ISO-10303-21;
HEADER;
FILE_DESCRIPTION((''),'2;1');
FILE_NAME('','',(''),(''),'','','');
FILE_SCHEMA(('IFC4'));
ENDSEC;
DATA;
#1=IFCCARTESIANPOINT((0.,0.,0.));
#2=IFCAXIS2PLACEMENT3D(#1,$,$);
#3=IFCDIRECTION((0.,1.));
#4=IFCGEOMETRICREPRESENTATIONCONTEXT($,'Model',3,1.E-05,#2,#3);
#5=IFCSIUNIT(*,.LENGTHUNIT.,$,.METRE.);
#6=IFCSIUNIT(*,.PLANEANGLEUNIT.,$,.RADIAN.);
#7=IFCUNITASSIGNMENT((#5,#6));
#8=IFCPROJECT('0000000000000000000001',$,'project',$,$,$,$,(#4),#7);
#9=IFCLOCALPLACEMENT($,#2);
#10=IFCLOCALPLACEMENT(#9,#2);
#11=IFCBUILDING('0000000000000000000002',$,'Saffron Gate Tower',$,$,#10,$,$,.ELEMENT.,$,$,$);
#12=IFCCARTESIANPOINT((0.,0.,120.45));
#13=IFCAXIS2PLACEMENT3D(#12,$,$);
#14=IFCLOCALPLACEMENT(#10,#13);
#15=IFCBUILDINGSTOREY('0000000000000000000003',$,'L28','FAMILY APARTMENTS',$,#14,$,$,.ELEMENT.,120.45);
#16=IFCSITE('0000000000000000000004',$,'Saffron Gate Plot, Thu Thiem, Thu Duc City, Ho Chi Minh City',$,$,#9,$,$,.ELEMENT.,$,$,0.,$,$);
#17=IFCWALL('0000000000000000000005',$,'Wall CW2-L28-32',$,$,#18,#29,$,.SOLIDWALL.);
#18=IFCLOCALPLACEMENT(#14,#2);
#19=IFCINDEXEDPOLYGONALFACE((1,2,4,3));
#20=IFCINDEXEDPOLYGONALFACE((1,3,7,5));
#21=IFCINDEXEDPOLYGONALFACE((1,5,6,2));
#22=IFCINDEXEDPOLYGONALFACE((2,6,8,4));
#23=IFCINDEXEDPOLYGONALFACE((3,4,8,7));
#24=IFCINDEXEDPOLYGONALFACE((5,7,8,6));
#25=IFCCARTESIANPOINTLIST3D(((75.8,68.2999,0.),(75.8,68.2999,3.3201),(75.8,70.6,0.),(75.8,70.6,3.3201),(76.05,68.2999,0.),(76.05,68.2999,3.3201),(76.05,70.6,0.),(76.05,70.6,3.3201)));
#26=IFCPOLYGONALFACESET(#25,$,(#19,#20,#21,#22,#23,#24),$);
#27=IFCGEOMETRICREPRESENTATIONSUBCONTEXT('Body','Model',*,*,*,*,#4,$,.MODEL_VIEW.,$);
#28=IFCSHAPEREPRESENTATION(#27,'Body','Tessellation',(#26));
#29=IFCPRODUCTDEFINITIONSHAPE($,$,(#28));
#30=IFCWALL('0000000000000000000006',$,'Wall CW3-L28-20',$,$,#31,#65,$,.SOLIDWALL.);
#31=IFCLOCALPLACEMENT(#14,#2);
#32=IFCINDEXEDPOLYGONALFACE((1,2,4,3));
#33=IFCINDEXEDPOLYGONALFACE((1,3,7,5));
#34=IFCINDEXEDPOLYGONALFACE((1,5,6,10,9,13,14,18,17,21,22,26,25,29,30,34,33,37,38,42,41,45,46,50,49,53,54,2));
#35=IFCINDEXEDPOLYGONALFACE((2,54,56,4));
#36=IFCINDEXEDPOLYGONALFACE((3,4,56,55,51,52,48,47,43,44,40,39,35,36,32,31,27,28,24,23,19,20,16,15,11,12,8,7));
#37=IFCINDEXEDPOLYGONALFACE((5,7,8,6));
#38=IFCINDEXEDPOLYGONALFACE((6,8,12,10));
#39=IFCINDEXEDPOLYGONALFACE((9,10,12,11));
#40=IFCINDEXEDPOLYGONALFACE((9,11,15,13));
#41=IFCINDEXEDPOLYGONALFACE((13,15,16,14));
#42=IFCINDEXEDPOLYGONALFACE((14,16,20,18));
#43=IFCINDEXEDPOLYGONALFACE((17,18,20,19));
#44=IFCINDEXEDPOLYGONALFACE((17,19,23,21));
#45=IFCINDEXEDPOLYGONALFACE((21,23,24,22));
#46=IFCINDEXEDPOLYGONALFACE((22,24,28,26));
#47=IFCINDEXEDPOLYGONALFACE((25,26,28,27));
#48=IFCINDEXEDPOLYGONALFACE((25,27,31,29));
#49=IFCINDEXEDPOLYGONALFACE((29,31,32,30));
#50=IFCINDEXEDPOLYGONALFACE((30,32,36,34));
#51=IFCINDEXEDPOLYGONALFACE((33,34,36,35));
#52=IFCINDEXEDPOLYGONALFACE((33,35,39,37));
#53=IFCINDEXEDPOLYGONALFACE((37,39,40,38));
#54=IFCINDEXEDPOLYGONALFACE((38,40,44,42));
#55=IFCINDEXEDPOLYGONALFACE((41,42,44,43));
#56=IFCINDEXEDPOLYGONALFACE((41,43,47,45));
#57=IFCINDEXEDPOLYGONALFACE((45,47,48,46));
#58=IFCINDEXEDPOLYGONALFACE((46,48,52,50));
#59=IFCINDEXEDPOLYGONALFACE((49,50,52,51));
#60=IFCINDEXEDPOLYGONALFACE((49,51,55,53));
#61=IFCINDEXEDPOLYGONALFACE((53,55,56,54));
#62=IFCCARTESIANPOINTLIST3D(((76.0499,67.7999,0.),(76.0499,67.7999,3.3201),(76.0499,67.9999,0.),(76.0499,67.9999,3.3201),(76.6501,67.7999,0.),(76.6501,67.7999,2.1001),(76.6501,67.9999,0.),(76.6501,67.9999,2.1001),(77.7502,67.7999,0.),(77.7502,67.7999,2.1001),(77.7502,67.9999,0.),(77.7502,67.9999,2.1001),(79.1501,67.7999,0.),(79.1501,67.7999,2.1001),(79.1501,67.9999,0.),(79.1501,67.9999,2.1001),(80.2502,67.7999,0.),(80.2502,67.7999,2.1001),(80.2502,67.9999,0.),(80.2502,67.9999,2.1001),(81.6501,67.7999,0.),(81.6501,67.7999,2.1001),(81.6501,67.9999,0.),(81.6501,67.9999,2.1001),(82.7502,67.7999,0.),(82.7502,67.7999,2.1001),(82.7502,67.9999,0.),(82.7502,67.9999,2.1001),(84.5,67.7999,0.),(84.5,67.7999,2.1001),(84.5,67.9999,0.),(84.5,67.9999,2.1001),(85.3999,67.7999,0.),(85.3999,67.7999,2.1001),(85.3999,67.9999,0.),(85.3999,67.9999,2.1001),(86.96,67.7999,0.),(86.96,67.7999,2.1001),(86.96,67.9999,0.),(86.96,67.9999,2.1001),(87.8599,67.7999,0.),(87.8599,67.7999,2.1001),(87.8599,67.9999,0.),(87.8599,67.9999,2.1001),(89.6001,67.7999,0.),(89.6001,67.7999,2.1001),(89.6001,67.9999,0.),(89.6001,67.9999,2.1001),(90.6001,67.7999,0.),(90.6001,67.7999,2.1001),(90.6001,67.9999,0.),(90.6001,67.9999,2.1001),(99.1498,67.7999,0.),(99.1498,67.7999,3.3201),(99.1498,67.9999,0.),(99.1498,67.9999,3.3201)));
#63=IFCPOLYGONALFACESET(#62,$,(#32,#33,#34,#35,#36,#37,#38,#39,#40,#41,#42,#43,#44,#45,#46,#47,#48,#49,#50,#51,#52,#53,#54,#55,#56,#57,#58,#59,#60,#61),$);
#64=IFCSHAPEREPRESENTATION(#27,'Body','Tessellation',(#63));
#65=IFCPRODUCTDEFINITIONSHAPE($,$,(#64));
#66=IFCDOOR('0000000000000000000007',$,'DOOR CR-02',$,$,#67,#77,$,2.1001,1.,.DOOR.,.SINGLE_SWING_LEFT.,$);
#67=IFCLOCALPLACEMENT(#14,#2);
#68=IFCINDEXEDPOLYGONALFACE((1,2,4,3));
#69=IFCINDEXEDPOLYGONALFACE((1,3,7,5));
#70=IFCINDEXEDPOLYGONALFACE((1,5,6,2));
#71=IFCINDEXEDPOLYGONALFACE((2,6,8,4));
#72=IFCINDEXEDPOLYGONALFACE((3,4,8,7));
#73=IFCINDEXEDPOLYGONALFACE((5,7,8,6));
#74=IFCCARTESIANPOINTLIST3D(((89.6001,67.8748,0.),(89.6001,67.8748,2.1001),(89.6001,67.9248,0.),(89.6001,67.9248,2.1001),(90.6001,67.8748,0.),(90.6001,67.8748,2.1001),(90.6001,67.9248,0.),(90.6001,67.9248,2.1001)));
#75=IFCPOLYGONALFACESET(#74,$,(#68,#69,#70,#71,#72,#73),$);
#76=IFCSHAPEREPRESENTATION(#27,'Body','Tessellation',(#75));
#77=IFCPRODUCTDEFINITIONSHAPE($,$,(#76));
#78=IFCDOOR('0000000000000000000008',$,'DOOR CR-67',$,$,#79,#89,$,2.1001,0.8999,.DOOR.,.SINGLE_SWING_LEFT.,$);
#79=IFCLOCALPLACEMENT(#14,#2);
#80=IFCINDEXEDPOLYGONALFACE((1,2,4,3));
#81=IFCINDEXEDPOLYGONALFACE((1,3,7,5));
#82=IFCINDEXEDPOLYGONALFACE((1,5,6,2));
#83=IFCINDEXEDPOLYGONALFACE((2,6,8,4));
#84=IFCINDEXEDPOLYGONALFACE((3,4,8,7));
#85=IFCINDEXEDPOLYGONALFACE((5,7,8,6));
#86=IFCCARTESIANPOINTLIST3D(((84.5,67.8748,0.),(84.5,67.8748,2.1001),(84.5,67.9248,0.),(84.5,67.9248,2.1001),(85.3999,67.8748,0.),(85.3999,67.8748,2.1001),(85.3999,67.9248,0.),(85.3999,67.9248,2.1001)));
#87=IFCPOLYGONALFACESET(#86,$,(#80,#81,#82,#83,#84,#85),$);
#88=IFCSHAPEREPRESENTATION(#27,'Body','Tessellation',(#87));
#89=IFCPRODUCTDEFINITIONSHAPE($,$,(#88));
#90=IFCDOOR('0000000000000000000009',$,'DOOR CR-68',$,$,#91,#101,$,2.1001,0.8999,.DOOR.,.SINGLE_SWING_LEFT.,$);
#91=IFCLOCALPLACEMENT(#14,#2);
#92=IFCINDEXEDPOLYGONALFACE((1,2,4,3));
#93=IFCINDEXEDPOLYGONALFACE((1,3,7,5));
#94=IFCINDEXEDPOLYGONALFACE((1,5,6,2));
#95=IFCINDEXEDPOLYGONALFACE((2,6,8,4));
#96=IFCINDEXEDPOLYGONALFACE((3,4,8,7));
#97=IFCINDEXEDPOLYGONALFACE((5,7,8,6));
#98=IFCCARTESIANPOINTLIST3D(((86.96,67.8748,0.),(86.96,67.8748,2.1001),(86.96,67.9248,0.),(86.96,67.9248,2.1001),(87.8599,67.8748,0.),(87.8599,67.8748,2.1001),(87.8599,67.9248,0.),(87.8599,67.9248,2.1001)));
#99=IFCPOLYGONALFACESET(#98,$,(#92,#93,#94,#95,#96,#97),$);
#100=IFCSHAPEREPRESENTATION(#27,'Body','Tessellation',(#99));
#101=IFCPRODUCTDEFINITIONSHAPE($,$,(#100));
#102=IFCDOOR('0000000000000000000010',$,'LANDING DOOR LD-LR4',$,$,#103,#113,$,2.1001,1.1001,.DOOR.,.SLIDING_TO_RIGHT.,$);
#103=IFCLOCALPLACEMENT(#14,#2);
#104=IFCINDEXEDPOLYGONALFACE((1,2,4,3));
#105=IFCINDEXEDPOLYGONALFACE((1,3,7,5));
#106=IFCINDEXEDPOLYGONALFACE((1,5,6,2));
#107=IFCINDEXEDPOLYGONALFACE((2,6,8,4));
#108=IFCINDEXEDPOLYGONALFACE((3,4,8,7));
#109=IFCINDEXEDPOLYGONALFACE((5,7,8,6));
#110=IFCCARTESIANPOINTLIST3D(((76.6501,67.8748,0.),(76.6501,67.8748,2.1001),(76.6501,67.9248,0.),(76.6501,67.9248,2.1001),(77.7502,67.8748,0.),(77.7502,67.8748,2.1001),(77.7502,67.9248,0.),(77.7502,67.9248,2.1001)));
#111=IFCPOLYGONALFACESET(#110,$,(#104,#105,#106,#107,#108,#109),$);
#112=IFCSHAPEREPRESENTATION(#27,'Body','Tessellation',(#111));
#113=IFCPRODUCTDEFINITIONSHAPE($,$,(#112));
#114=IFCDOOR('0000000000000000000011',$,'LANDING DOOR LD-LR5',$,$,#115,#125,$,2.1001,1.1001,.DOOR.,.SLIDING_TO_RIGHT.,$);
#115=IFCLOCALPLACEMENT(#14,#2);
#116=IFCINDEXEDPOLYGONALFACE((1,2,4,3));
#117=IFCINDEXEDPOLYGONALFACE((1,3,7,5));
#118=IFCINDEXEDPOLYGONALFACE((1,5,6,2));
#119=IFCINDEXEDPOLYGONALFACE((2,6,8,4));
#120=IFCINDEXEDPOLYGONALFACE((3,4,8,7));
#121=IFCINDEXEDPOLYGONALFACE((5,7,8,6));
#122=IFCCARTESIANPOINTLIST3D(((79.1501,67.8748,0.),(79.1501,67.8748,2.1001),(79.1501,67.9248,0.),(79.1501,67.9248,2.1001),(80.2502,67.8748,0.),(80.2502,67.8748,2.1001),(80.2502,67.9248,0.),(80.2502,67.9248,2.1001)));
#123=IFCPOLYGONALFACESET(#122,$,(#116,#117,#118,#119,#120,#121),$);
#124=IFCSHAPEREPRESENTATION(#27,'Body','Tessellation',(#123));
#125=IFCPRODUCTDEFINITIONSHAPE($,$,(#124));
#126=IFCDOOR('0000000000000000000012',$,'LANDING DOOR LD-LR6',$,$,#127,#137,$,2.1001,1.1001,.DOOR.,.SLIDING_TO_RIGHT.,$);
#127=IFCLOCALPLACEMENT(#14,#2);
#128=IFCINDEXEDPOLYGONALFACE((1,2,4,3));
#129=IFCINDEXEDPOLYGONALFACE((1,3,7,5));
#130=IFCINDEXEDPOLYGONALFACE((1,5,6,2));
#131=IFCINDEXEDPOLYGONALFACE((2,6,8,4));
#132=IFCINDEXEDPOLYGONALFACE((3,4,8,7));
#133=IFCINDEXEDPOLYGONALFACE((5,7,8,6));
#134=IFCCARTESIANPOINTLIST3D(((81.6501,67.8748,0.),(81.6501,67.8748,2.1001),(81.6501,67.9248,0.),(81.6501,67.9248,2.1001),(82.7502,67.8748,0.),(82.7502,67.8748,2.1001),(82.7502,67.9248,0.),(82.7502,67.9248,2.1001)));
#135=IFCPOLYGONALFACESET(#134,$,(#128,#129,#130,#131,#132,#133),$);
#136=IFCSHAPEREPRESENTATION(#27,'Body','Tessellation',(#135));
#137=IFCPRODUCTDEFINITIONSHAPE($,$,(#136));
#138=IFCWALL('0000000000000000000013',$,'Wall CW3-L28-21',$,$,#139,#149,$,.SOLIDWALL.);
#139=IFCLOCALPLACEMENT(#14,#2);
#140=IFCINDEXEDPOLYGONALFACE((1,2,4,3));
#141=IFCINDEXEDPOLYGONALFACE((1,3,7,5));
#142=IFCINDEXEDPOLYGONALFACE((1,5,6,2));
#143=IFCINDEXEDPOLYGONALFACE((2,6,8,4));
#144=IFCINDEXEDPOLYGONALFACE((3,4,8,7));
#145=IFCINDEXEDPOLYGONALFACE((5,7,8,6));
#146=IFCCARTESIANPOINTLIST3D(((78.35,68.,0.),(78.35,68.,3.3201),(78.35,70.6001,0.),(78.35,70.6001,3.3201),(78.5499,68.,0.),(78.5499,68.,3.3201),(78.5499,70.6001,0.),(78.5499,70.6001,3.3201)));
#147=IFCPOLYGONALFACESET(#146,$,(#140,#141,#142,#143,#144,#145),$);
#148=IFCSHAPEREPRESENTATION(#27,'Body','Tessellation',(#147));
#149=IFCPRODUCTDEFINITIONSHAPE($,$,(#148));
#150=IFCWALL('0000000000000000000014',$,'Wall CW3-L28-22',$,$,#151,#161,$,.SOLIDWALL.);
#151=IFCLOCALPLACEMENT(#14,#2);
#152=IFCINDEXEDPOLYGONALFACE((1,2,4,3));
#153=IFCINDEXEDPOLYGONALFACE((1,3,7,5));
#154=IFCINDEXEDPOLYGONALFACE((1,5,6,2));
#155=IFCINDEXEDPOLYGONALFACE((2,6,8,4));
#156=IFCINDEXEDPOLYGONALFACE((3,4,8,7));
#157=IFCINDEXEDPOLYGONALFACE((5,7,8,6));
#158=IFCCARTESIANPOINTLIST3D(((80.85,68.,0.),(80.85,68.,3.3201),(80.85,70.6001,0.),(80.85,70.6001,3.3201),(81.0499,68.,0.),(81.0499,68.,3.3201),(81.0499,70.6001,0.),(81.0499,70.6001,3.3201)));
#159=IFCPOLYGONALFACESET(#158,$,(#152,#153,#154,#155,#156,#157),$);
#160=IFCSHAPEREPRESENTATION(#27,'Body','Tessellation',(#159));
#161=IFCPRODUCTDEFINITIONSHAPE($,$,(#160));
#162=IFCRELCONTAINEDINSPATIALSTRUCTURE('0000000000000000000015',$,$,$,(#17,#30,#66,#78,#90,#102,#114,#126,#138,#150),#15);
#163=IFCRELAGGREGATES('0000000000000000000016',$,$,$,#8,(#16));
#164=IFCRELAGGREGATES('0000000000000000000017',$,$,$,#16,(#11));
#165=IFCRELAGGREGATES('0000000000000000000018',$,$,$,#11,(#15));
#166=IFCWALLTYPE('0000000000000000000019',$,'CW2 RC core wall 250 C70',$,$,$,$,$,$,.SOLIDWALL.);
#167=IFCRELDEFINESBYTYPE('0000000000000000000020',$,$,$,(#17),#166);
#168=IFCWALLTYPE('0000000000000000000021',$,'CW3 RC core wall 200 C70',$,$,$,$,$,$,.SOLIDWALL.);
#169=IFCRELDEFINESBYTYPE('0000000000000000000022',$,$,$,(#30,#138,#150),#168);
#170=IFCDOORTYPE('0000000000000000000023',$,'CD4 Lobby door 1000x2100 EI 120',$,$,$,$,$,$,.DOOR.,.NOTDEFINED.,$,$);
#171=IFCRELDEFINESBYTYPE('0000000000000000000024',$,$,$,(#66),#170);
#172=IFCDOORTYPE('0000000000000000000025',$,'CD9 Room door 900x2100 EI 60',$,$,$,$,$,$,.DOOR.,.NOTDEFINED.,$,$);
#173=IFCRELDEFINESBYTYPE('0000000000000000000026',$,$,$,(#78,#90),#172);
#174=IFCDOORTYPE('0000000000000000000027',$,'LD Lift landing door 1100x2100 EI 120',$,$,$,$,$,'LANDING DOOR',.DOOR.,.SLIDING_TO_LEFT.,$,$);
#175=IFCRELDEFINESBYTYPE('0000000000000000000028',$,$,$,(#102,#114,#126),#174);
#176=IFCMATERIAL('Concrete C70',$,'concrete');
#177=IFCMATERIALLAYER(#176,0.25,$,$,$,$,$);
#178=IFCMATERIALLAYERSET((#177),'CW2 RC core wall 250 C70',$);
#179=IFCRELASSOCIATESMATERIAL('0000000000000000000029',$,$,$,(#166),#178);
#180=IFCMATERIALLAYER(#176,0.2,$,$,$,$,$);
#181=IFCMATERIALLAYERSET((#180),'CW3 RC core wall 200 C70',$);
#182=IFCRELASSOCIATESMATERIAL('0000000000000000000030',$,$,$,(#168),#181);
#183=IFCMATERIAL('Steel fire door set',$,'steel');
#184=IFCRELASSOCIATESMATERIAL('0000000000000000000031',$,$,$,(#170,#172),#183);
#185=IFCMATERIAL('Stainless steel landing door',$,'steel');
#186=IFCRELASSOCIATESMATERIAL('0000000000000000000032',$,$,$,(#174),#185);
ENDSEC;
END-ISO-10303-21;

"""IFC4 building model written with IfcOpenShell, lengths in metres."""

from ifc_helpers import new_model, si_unit, direction, frame, frame_2d, origin, place, context, subcontext, project, spatial, rectangle, extrude, material, layer, layer_set, type_object, element, fill, save


model = new_model("IFC4")

# Units and contexts
model_context = context("Model", 3, precision=1e-05, world=origin(), true_north=direction((0.0, 1.0)))
body_context = subcontext(model_context, "Body", "Model", "MODEL_VIEW")
ifc_project = project(units=[si_unit("LENGTHUNIT", "METRE"), si_unit("PLANEANGLEUNIT", "RADIAN")], contexts=[model_context])

# Site, building, storey
site_placement = place(None, origin())
site = spatial("IfcSite", under=ifc_project, at=site_placement, Name="Saffron Gate Plot, Thu Thiem, Thu Duc City, Ho Chi Minh City", CompositionType="ELEMENT", RefElevation=0.0)
building_placement = place(site_placement, origin())
building = spatial("IfcBuilding", under=site, at=building_placement, Name="Saffron Gate Tower", CompositionType="ELEMENT")
storey_placement = place(building_placement, frame((0.0, 0.0, 120.45)))
storey = spatial("IfcBuildingStorey", under=building, at=storey_placement, Name="L28", Description="FAMILY APARTMENTS", CompositionType="ELEMENT", Elevation=120.45)

# Wall
ifc_material_1 = material(Name="Concrete C70", Category="concrete")
ifc_layer_1 = layer(ifc_material_1, 0.25)
ifc_layer_set_1 = layer_set([ifc_layer_1], Name="CW2 RC core wall 250 C70")
wall_type_1 = type_object("IfcWallType", Name="CW2 RC core wall 250 C70", PredefinedType="SOLIDWALL", material=ifc_layer_set_1)
wall_1_placement = place(storey_placement, frame((75.925, 68.3, 0.0), z_axis=(0.0, 0.0, 1.0), x_axis=(0.0, 1.0, 0.0)))
element("IfcWall", 1, at=wall_1_placement, inside=storey, type_object=wall_type_1, Name="Wall CW2-L28-32", PredefinedType="SOLIDWALL", context=body_context, shape_type="SweptSolid", body=[
    extrude(rectangle(XDim=2.3, YDim=0.25, at=frame_2d((1.1499, 0.0))), origin(), (0.0, 0.0, 1.0), 3.3201),
])

# Wall, openings, doors
ifc_layer_2 = layer(ifc_material_1, 0.2)
ifc_layer_set_2 = layer_set([ifc_layer_2], Name="CW3 RC core wall 200 C70")
wall_type_2 = type_object("IfcWallType", Name="CW3 RC core wall 200 C70", PredefinedType="SOLIDWALL", material=ifc_layer_set_2)
wall_2_placement = place(storey_placement, frame((76.05, 67.8999, 0.0), z_axis=(0.0, 0.0, 1.0), x_axis=(1.0, 0.0, 0.0)))
wall_2 = element("IfcWall", 2, at=wall_2_placement, inside=storey, type_object=wall_type_2, Name="Wall CW3-L28-20", PredefinedType="SOLIDWALL", context=body_context, shape_type="SweptSolid", body=[
    extrude(rectangle(XDim=23.0999, YDim=0.2, at=frame_2d((11.5498, 0.0))), origin(), (0.0, 0.0, 1.0), 3.3201),
])
opening_1_placement = place(wall_2_placement, frame((0.6001, 0.0, 0.0)))
opening_1 = element("IfcOpeningElement", 3, at=opening_1_placement, cuts=wall_2, PredefinedType="OPENING", context=body_context, shape_type="SweptSolid", body=[
    extrude(rectangle(XDim=1.1001, YDim=2.1001, at=frame_2d((0.55, 1.05))), frame((0.0, 0.1099, 0.0), z_axis=(0.0, -1.0, 0.0), x_axis=(1.0, 0.0, 0.0)), (0.0, 0.0, 1.0), 0.22),
])
opening_2_placement = place(wall_2_placement, frame((3.1001, 0.0, 0.0)))
opening_2 = element("IfcOpeningElement", 4, at=opening_2_placement, cuts=wall_2, PredefinedType="OPENING", context=body_context, shape_type="SweptSolid", body=[
    extrude(rectangle(XDim=1.1001, YDim=2.1001, at=frame_2d((0.55, 1.05))), frame((0.0, 0.1099, 0.0), z_axis=(0.0, -1.0, 0.0), x_axis=(1.0, 0.0, 0.0)), (0.0, 0.0, 1.0), 0.22),
])
opening_3_placement = place(wall_2_placement, frame((5.6001, 0.0, 0.0)))
opening_3 = element("IfcOpeningElement", 5, at=opening_3_placement, cuts=wall_2, PredefinedType="OPENING", context=body_context, shape_type="SweptSolid", body=[
    extrude(rectangle(XDim=1.1001, YDim=2.1001, at=frame_2d((0.55, 1.05))), frame((0.0, 0.1099, 0.0), z_axis=(0.0, -1.0, 0.0), x_axis=(1.0, 0.0, 0.0)), (0.0, 0.0, 1.0), 0.22),
])
opening_4_placement = place(wall_2_placement, frame((8.45, 0.0, 0.0)))
opening_4 = element("IfcOpeningElement", 6, at=opening_4_placement, cuts=wall_2, PredefinedType="OPENING", context=body_context, shape_type="SweptSolid", body=[
    extrude(rectangle(XDim=0.8999, YDim=2.1001, at=frame_2d((0.45, 1.05))), frame((0.0, 0.1099, 0.0), z_axis=(0.0, -1.0, 0.0), x_axis=(1.0, 0.0, 0.0)), (0.0, 0.0, 1.0), 0.22),
])
opening_5_placement = place(wall_2_placement, frame((10.9099, 0.0, 0.0)))
opening_5 = element("IfcOpeningElement", 7, at=opening_5_placement, cuts=wall_2, PredefinedType="OPENING", context=body_context, shape_type="SweptSolid", body=[
    extrude(rectangle(XDim=0.8999, YDim=2.1001, at=frame_2d((0.45, 1.05))), frame((0.0, 0.1099, 0.0), z_axis=(0.0, -1.0, 0.0), x_axis=(1.0, 0.0, 0.0)), (0.0, 0.0, 1.0), 0.22),
])
opening_6_placement = place(wall_2_placement, frame((13.55, 0.0, 0.0)))
opening_6 = element("IfcOpeningElement", 8, at=opening_6_placement, cuts=wall_2, PredefinedType="OPENING", context=body_context, shape_type="SweptSolid", body=[
    extrude(rectangle(XDim=1.0, YDim=2.1001, at=frame_2d((0.5, 1.05))), frame((0.0, 0.1099, 0.0), z_axis=(0.0, -1.0, 0.0), x_axis=(1.0, 0.0, 0.0)), (0.0, 0.0, 1.0), 0.22),
])
ifc_material_2 = material(Name="Steel fire door set", Category="steel")
door_type_1 = type_object("IfcDoorType", Name="CD4 Lobby door 1000x2100 EI 120", OperationType="NOTDEFINED", PredefinedType="DOOR", material=ifc_material_2)
door_1_placement = place(opening_6_placement, origin())
door_1 = element("IfcDoor", 9, at=door_1_placement, inside=storey, type_object=door_type_1, Name="DOOR CR-02", OperationType="SINGLE_SWING_LEFT", OverallHeight=2.1001, OverallWidth=1.0, PredefinedType="DOOR", context=body_context, shape_type="SweptSolid", body=[
    extrude(rectangle(XDim=1.0, YDim=2.1001, at=frame_2d((0.5, 1.05))), frame((0.0, 0.0249, 0.0), z_axis=(0.0, -1.0, 0.0), x_axis=(1.0, 0.0, 0.0)), (0.0, 0.0, 1.0), 0.05),
])
fill(opening_6, door_1)
door_type_2 = type_object("IfcDoorType", Name="CD9 Room door 900x2100 EI 60", OperationType="NOTDEFINED", PredefinedType="DOOR", material=ifc_material_2)
door_2_placement = place(opening_4_placement, origin())
door_2 = element("IfcDoor", 10, at=door_2_placement, inside=storey, type_object=door_type_2, Name="DOOR CR-67", OperationType="SINGLE_SWING_LEFT", OverallHeight=2.1001, OverallWidth=0.8999, PredefinedType="DOOR", context=body_context, shape_type="SweptSolid", body=[
    extrude(rectangle(XDim=0.8999, YDim=2.1001, at=frame_2d((0.45, 1.05))), frame((0.0, 0.0249, 0.0), z_axis=(0.0, -1.0, 0.0), x_axis=(1.0, 0.0, 0.0)), (0.0, 0.0, 1.0), 0.05),
])
fill(opening_4, door_2)
door_3_placement = place(opening_5_placement, origin())
door_3 = element("IfcDoor", 11, at=door_3_placement, inside=storey, type_object=door_type_2, Name="DOOR CR-68", OperationType="SINGLE_SWING_LEFT", OverallHeight=2.1001, OverallWidth=0.8999, PredefinedType="DOOR", context=body_context, shape_type="SweptSolid", body=[
    extrude(rectangle(XDim=0.8999, YDim=2.1001, at=frame_2d((0.45, 1.05))), frame((0.0, 0.0249, 0.0), z_axis=(0.0, -1.0, 0.0), x_axis=(1.0, 0.0, 0.0)), (0.0, 0.0, 1.0), 0.05),
])
fill(opening_5, door_3)
ifc_material_3 = material(Name="Stainless steel landing door", Category="steel")
door_type_3 = type_object("IfcDoorType", Name="LD Lift landing door 1100x2100 EI 120", ElementType="LANDING DOOR", OperationType="SLIDING_TO_LEFT", PredefinedType="DOOR", material=ifc_material_3)
door_4_placement = place(opening_1_placement, origin())
door_4 = element("IfcDoor", 12, at=door_4_placement, inside=storey, type_object=door_type_3, Name="LANDING DOOR LD-LR4", OperationType="SLIDING_TO_RIGHT", OverallHeight=2.1001, OverallWidth=1.1001, PredefinedType="DOOR", context=body_context, shape_type="SweptSolid", body=[
    extrude(rectangle(XDim=1.1001, YDim=2.1001, at=frame_2d((0.55, 1.05))), frame((0.0, 0.0249, 0.0), z_axis=(0.0, -1.0, 0.0), x_axis=(1.0, 0.0, 0.0)), (0.0, 0.0, 1.0), 0.05),
])
fill(opening_1, door_4)
door_5_placement = place(opening_2_placement, origin())
door_5 = element("IfcDoor", 13, at=door_5_placement, inside=storey, type_object=door_type_3, Name="LANDING DOOR LD-LR5", OperationType="SLIDING_TO_RIGHT", OverallHeight=2.1001, OverallWidth=1.1001, PredefinedType="DOOR", context=body_context, shape_type="SweptSolid", body=[
    extrude(rectangle(XDim=1.1001, YDim=2.1001, at=frame_2d((0.55, 1.05))), frame((0.0, 0.0249, 0.0), z_axis=(0.0, -1.0, 0.0), x_axis=(1.0, 0.0, 0.0)), (0.0, 0.0, 1.0), 0.05),
])
fill(opening_2, door_5)
door_6_placement = place(opening_3_placement, origin())
door_6 = element("IfcDoor", 14, at=door_6_placement, inside=storey, type_object=door_type_3, Name="LANDING DOOR LD-LR6", OperationType="SLIDING_TO_RIGHT", OverallHeight=2.1001, OverallWidth=1.1001, PredefinedType="DOOR", context=body_context, shape_type="SweptSolid", body=[
    extrude(rectangle(XDim=1.1001, YDim=2.1001, at=frame_2d((0.55, 1.05))), frame((0.0, 0.0249, 0.0), z_axis=(0.0, -1.0, 0.0), x_axis=(1.0, 0.0, 0.0)), (0.0, 0.0, 1.0), 0.05),
])
fill(opening_3, door_6)

# Walls
for number, where, z_axis, x_axis, name in (
    (15, (78.45, 68.0, 0.0), (0.0, 0.0, 1.0), (0.0, 1.0, 0.0), "Wall CW3-L28-21"),
    (16, (80.95, 68.0, 0.0), (0.0, 0.0, 1.0), (0.0, 1.0, 0.0), "Wall CW3-L28-22"),
):
    element("IfcWall", number, at=place(storey_placement, frame(where, z_axis=z_axis, x_axis=x_axis)), inside=storey, type_object=wall_type_2, Name=name, PredefinedType="SOLIDWALL", context=body_context, shape_type="SweptSolid", body=[
        extrude(rectangle(XDim=2.6001, YDim=0.2, at=frame_2d((1.3, 0.0))), origin(), (0.0, 0.0, 1.0), 3.3201),
    ])

save(model, "model.ifc")
